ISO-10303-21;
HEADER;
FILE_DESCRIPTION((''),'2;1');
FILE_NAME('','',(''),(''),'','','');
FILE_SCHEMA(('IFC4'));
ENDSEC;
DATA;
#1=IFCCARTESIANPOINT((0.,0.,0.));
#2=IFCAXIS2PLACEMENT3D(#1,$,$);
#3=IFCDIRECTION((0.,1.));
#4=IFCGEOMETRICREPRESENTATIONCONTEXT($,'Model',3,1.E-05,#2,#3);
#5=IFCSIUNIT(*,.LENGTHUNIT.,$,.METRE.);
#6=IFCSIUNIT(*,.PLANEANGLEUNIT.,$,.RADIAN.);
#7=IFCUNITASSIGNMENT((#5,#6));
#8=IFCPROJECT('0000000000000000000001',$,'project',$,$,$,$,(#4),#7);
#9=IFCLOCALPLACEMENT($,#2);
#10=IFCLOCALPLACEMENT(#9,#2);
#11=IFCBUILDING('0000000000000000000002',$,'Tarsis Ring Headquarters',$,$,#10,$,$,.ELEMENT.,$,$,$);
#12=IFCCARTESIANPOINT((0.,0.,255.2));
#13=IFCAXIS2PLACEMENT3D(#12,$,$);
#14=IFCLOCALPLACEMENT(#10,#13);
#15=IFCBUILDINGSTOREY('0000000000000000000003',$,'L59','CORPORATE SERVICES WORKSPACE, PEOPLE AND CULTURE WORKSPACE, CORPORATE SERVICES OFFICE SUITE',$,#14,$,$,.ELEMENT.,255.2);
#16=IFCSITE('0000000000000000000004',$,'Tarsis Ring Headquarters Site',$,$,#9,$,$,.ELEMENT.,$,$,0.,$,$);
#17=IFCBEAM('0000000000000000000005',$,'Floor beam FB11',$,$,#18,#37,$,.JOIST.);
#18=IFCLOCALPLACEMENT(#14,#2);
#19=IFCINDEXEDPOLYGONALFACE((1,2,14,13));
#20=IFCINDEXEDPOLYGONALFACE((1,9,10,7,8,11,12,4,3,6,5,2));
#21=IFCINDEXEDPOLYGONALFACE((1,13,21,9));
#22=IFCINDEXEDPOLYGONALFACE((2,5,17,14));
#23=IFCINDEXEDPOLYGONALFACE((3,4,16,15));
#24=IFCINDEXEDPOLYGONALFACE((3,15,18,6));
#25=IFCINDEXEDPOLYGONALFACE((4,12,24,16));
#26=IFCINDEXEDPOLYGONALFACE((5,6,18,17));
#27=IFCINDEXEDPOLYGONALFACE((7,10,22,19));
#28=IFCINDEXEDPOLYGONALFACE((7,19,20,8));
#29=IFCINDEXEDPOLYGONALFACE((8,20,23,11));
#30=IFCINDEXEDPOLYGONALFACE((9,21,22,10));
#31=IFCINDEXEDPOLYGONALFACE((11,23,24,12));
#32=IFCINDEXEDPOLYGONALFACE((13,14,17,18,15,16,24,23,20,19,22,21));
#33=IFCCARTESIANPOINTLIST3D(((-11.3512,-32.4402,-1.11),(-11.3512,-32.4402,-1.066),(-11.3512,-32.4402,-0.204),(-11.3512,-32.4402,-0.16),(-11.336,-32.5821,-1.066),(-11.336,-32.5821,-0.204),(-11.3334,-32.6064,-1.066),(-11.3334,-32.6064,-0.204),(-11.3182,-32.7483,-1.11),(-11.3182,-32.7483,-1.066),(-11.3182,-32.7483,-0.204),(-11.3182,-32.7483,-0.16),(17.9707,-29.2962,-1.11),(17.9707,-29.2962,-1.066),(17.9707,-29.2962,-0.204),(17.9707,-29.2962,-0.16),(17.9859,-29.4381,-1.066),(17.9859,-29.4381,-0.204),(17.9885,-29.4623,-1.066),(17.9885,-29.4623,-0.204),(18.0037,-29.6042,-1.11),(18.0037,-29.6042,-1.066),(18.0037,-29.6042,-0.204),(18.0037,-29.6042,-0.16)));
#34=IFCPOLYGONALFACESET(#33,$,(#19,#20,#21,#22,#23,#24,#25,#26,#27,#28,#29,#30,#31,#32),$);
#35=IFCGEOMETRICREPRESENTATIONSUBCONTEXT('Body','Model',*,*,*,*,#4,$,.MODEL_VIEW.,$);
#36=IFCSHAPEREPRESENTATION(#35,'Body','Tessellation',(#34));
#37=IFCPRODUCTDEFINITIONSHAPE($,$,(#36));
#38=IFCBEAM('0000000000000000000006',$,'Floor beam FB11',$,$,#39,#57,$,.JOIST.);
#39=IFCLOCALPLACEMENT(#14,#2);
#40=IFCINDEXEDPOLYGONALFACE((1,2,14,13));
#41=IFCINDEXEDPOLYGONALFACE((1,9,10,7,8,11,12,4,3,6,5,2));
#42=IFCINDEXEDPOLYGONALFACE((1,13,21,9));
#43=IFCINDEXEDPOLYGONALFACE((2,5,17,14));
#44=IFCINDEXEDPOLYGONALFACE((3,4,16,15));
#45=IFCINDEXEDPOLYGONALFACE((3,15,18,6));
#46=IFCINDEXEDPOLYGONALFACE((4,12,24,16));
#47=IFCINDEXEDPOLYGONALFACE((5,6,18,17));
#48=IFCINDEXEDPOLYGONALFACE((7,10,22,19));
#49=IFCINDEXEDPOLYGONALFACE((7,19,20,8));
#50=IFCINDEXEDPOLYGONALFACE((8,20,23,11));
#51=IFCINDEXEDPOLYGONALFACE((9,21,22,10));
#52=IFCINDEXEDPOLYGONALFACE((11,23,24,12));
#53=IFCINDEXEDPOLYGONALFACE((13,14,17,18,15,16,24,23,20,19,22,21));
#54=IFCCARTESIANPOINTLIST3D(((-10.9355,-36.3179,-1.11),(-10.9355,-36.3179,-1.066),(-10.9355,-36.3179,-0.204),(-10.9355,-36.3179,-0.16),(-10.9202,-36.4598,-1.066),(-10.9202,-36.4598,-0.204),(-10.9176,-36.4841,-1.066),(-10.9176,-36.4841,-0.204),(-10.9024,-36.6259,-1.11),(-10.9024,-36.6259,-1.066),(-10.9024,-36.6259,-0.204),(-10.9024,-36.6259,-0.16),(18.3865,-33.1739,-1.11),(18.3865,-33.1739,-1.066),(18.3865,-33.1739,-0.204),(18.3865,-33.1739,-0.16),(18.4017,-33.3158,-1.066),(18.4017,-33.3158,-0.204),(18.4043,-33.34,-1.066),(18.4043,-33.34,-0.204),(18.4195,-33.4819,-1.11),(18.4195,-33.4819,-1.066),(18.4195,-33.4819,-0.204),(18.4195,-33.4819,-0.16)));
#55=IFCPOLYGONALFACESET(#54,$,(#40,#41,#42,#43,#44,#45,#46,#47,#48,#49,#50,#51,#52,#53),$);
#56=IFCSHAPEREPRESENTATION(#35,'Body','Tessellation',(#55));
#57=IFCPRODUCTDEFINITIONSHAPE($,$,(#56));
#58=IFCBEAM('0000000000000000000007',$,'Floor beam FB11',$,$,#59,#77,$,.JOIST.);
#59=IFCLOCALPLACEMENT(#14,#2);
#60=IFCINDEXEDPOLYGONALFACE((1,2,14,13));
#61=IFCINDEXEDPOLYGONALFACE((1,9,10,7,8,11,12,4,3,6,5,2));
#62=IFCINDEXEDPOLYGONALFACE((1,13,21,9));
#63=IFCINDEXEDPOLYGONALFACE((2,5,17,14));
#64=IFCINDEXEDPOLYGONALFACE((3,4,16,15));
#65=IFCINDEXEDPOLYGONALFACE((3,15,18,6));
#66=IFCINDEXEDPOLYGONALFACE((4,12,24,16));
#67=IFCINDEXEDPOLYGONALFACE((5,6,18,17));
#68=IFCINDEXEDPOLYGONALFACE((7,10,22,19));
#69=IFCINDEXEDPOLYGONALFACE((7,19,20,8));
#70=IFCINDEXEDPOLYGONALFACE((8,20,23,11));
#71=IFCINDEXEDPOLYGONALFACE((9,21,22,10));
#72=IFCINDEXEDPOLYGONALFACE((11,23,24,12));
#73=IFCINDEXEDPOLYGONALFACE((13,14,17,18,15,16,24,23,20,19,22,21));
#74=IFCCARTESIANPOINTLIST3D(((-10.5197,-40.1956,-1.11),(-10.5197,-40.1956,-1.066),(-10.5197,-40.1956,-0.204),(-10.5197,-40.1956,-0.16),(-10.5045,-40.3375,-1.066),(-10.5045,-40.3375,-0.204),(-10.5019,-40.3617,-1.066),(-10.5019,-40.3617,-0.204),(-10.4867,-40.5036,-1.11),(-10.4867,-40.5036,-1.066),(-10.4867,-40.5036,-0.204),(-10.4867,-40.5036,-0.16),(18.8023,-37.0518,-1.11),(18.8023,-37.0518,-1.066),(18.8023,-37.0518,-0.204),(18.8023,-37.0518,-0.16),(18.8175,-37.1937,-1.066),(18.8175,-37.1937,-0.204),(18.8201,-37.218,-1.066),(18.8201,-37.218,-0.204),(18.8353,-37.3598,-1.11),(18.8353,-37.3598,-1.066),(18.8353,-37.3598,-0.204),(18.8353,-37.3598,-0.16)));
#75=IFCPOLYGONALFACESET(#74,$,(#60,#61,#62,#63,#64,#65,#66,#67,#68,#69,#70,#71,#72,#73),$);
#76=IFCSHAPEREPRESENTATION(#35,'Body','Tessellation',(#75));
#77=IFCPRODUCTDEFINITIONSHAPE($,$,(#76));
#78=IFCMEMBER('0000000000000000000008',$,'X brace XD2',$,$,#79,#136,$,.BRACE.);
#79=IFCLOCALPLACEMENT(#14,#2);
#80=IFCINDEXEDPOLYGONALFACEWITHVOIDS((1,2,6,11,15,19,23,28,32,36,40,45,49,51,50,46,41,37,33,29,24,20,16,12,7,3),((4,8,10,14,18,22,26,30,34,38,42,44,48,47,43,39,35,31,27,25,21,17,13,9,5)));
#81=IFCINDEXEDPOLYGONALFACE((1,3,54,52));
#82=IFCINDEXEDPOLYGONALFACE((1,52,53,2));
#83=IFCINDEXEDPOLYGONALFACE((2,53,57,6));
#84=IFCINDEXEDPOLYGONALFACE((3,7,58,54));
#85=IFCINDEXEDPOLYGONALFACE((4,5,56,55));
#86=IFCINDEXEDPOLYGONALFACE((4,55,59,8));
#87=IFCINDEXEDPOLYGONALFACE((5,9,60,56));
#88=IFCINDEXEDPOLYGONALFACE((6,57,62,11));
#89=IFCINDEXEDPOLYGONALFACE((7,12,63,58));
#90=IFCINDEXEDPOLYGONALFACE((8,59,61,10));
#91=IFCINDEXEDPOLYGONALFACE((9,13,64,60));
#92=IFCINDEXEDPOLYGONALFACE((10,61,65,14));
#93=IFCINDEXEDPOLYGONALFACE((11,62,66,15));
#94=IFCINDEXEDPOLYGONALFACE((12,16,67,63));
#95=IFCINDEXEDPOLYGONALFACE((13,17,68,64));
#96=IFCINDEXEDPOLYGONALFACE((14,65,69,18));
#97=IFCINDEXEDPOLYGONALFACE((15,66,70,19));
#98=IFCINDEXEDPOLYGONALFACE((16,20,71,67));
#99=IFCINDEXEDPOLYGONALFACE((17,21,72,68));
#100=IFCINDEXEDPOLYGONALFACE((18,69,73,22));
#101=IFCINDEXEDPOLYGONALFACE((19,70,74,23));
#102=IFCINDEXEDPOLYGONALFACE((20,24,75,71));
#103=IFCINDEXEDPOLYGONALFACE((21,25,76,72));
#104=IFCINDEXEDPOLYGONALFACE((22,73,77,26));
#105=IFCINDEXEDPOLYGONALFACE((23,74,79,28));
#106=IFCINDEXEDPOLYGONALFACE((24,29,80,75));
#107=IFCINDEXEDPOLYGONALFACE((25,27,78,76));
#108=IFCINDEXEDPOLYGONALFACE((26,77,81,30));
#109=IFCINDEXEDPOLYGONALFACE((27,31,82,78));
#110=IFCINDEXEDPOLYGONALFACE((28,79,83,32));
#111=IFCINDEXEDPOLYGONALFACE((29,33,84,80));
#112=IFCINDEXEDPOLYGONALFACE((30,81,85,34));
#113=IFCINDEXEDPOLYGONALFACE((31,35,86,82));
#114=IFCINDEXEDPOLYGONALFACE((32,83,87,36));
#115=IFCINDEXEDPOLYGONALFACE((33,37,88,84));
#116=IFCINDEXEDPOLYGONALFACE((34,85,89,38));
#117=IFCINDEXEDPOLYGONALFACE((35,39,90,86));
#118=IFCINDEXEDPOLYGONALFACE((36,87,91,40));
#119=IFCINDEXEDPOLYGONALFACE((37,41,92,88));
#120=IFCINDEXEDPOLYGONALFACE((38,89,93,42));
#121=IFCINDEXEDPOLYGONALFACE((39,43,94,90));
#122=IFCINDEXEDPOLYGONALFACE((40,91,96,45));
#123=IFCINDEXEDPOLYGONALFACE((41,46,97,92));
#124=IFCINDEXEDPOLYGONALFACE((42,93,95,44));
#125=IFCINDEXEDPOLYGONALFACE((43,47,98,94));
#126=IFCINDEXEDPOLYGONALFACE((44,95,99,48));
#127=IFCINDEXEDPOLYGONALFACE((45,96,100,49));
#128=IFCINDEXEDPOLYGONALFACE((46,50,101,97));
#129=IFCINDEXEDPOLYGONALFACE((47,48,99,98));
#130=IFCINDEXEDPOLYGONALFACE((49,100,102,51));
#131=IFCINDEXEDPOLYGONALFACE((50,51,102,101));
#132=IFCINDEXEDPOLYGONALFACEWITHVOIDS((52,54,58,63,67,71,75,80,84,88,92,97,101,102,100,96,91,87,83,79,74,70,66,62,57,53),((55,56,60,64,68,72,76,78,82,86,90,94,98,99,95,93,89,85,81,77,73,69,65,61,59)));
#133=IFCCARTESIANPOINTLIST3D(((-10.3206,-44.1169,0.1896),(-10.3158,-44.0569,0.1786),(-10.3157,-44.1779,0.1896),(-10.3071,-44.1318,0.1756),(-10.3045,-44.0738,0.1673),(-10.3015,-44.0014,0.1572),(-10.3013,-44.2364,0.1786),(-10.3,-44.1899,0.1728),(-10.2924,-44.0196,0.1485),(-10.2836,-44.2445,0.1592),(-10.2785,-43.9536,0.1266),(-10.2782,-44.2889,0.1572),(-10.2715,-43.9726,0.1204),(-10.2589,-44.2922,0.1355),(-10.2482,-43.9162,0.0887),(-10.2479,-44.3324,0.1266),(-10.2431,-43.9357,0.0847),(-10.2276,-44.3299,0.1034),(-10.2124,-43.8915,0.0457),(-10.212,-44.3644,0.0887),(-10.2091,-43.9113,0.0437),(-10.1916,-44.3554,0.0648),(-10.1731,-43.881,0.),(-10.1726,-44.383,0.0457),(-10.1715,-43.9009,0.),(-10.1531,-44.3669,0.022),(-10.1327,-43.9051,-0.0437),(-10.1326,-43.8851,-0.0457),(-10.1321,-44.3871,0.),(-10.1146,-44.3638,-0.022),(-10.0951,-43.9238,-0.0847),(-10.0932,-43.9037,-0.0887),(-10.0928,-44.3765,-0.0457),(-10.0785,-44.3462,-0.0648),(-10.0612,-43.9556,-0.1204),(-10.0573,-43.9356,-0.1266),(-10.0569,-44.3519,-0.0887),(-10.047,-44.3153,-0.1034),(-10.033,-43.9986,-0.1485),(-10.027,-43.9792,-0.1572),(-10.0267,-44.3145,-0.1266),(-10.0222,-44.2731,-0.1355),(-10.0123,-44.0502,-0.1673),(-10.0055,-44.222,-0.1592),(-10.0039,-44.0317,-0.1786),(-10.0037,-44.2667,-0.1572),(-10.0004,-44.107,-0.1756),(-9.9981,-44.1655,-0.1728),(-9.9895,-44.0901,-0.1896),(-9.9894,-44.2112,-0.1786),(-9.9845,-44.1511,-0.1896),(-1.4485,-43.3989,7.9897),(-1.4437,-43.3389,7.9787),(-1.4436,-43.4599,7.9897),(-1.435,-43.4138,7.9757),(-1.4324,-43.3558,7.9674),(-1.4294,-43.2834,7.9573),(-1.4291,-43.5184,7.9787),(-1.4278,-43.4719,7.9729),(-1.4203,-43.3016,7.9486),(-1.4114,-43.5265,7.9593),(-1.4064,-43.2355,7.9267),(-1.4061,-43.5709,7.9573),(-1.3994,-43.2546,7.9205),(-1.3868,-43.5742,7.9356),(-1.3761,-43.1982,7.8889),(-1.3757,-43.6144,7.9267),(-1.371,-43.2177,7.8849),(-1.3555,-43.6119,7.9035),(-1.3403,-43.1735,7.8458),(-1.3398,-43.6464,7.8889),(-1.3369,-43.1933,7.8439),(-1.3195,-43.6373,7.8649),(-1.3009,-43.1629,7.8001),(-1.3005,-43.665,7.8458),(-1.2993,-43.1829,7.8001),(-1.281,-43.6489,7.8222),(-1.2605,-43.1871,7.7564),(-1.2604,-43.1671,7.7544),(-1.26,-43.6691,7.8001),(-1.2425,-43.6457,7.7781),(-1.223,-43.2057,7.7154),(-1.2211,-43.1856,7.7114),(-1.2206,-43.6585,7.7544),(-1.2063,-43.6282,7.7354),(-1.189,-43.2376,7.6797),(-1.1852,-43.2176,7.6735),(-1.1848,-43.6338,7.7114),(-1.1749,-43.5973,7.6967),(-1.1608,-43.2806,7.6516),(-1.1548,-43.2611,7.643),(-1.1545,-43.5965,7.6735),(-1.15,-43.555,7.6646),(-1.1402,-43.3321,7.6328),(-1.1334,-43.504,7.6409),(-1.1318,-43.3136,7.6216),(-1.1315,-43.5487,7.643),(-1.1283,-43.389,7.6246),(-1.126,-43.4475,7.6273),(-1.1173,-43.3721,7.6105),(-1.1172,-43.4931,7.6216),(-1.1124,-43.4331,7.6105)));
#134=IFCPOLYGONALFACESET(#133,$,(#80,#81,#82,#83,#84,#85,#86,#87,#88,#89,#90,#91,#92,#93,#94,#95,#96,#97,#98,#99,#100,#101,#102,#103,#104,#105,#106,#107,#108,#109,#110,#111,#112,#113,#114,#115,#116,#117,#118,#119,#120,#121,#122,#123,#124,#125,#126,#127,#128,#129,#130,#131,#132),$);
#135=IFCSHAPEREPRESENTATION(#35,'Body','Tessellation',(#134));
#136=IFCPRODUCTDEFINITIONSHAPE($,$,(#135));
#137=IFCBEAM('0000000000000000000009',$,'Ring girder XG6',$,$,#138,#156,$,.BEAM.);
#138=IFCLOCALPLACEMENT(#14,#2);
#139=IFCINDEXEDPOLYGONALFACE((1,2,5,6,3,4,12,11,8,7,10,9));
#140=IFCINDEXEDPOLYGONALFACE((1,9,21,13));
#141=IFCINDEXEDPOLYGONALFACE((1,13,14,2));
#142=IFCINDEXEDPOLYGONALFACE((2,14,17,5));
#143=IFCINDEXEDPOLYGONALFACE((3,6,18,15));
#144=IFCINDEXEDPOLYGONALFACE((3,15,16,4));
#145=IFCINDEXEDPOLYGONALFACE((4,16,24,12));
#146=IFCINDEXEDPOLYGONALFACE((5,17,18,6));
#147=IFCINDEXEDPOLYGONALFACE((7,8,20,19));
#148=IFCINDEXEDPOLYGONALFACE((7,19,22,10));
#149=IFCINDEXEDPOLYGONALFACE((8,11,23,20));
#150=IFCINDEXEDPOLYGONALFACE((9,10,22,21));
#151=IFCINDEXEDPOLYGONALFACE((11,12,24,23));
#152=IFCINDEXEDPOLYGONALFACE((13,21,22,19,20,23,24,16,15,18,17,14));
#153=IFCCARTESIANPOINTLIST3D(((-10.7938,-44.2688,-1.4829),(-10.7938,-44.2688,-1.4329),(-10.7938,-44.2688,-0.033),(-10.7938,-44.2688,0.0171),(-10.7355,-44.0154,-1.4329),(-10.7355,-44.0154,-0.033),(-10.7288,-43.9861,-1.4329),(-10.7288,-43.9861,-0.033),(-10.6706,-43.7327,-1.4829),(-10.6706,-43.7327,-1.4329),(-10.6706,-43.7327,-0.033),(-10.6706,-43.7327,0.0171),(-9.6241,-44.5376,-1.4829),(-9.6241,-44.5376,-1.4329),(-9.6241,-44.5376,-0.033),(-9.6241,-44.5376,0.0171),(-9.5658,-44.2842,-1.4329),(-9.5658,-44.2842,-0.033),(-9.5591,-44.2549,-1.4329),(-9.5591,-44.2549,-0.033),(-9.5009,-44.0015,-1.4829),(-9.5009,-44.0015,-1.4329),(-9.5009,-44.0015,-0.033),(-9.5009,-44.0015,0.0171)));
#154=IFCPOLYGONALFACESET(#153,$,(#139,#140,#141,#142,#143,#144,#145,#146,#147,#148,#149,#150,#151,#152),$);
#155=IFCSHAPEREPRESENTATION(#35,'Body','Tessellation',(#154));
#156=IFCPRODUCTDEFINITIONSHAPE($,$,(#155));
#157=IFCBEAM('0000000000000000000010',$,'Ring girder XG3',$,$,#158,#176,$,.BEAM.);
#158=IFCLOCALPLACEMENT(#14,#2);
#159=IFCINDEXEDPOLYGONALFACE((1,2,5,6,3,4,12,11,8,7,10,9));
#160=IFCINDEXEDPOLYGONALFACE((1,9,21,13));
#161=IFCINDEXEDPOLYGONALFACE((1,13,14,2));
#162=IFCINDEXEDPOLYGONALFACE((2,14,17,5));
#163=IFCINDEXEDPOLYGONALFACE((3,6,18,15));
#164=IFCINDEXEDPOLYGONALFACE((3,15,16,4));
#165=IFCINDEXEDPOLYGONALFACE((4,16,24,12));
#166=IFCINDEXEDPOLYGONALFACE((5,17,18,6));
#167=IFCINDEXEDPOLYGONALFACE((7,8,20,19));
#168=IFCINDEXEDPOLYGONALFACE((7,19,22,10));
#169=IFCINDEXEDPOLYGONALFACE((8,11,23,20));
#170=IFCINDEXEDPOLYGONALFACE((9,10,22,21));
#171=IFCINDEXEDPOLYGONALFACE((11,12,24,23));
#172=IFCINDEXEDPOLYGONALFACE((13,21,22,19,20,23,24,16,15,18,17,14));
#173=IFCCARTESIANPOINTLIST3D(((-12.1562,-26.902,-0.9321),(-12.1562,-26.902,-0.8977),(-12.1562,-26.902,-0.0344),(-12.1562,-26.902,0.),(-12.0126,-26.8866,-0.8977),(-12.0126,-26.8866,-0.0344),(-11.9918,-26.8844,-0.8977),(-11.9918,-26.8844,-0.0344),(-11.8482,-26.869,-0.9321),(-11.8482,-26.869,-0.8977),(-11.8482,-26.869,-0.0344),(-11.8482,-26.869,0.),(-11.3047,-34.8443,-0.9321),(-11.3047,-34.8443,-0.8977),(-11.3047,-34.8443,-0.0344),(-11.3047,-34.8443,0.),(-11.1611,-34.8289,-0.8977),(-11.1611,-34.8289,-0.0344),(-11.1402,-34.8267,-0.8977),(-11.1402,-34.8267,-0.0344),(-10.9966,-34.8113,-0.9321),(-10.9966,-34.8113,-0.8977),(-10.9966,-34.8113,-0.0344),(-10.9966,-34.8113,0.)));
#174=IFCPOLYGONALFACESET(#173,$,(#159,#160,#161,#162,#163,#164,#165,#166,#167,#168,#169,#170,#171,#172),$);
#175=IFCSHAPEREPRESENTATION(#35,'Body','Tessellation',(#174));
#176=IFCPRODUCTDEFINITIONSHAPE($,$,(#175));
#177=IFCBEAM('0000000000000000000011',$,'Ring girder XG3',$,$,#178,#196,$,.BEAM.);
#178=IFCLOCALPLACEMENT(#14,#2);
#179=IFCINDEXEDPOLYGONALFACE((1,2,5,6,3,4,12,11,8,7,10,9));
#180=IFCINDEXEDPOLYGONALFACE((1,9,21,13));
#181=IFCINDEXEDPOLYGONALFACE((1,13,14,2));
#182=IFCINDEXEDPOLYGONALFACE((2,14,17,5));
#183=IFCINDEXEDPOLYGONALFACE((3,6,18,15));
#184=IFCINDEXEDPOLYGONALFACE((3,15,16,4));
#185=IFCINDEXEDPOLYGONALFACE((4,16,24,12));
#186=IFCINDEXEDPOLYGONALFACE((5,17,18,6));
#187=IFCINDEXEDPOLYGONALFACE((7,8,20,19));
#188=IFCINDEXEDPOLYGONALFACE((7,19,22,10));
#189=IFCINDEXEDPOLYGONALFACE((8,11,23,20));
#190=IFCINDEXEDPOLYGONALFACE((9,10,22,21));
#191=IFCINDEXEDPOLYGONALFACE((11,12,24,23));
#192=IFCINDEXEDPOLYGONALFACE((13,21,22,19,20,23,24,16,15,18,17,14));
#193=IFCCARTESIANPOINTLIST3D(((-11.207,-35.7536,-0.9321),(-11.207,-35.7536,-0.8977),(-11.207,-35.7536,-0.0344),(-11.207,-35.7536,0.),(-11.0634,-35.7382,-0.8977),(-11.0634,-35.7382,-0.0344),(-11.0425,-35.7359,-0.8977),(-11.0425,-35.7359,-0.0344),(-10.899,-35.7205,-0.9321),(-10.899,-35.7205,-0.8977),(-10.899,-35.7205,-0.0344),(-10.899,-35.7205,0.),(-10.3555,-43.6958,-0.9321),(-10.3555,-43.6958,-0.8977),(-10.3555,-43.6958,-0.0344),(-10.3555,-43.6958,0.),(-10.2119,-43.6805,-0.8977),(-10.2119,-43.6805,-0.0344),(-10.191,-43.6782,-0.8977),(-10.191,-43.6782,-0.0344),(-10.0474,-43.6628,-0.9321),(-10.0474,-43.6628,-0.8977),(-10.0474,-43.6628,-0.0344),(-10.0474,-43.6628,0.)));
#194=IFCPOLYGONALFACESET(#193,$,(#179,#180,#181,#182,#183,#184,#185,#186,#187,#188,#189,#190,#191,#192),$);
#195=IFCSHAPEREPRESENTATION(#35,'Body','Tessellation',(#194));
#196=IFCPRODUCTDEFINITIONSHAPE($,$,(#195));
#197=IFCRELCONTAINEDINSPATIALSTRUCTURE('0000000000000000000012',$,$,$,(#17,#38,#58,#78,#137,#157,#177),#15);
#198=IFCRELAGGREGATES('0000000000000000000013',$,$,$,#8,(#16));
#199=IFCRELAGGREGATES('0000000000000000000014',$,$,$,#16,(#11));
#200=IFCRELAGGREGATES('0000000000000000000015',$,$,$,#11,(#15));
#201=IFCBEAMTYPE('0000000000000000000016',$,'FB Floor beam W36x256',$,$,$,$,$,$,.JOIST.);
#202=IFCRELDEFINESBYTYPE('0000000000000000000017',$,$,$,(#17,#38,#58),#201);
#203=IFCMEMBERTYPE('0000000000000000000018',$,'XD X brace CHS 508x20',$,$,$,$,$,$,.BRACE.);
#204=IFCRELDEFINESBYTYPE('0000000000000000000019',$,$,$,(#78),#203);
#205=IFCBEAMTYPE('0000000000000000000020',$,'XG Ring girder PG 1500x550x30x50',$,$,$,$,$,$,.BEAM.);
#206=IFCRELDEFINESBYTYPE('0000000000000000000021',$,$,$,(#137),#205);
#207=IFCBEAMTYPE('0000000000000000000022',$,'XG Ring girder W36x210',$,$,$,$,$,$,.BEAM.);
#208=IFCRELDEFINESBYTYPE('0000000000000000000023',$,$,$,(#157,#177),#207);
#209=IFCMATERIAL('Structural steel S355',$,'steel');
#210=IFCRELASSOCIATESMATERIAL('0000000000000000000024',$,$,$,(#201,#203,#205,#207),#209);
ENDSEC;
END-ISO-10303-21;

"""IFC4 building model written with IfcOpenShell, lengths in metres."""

from ifc_helpers import new_model, si_unit, direction, frame, origin, origin_2d, place, context, subcontext, project, spatial, hollow_circle, i_section, extrude, material, material_profile, profile_set, type_object, element, save


model = new_model("IFC4")

# Units and contexts
model_context = context("Model", 3, precision=1e-05, world=origin(), true_north=direction((0.0, 1.0)))
body_context = subcontext(model_context, "Body", "Model", "MODEL_VIEW")
ifc_project = project(units=[si_unit("LENGTHUNIT", "METRE"), si_unit("PLANEANGLEUNIT", "RADIAN")], contexts=[model_context])

# Site, building, storey
site_placement = place(None, origin())
site = spatial("IfcSite", under=ifc_project, at=site_placement, Name="Tarsis Ring Headquarters Site", CompositionType="ELEMENT", RefElevation=0.0)
building_placement = place(site_placement, origin())
building = spatial("IfcBuilding", under=site, at=building_placement, Name="Tarsis Ring Headquarters", CompositionType="ELEMENT")
storey_placement = place(building_placement, frame((0.0, 0.0, 255.2)))
storey = spatial("IfcBuildingStorey", under=building, at=storey_placement, Name="L59", Description="CORPORATE SERVICES WORKSPACE, PEOPLE AND CULTURE WORKSPACE, CORPORATE SERVICES OFFICE SUITE", CompositionType="ELEMENT", Elevation=255.2)

# Shared definitions
ifc_material_1 = material(Name="Structural steel S355", Category="steel")

# Beams
ifc_material_profile_1 = material_profile(ifc_material_1, i_section(OverallWidth=0.3098, OverallDepth=0.95, WebThickness=0.0244, FlangeThickness=0.0439, at=origin_2d()), Name="W36x256")
ifc_profile_set_1 = profile_set([ifc_material_profile_1], Name="Structural steel S355")
beam_type_1 = type_object("IfcBeamType", Name="FB Floor beam W36x256", PredefinedType="JOIST", material=ifc_profile_set_1)
for number, where, z_axis, x_axis, name in (
    (1, (-11.3347, -32.5942, -0.635), (0.994301, 0.106614, 0.0), (-0.106614, 0.994301, 0.0), "Floor beam FB11"),
    (2, (-10.9189, -36.4719, -0.635), (0.994301, 0.106614, 0.0), (-0.106614, 0.994301, 0.0), "Floor beam FB11"),
    (3, (-10.5032, -40.3496, -0.635), (0.994301, 0.106605, 0.0), (-0.106605, 0.994301, 0.0), "Floor beam FB11"),
):
    element("IfcBeam", number, at=place(storey_placement, frame(where, z_axis=z_axis, x_axis=x_axis)), inside=storey, type_object=beam_type_1, Name=name, PredefinedType="JOIST", context=body_context, shape_type="SweptSolid", body=[
        extrude(i_section(OverallWidth=0.3098, OverallDepth=0.95, WebThickness=0.0244, FlangeThickness=0.0439, at=origin_2d()), origin(), (0.0, 0.0, 1.0), 29.49),
    ])

# Member
ifc_material_profile_2 = material_profile(ifc_material_1, hollow_circle(Radius=0.2539, WallThickness=0.02, at=origin_2d()), Name="CHS 508x20")
ifc_profile_set_2 = profile_set([ifc_material_profile_2], Name="Structural steel S355")
member_type = type_object("IfcMemberType", Name="XD X brace CHS 508x20", PredefinedType="BRACE", material=ifc_profile_set_2)
member_placement = place(storey_placement, frame((-10.1526, -44.134, 0.0), z_axis=(0.74964, 0.060668, 0.65906), x_axis=(-0.080666, 0.996741, 0.0)))
element("IfcMember", 4, at=member_placement, inside=storey, type_object=member_type, Name="X brace XD2", PredefinedType="BRACE", context=body_context, shape_type="SweptSolid", body=[
    extrude(hollow_circle(Radius=0.2539, WallThickness=0.02, at=origin_2d()), origin(), (0.0, 0.0, 1.0), 11.8352),
])

# Beams
ifc_material_profile_3 = material_profile(ifc_material_1, i_section(OverallWidth=0.55, OverallDepth=1.5, WebThickness=0.03, FlangeThickness=0.05, at=origin_2d()), Name="PG 1500x550x30x50")
ifc_profile_set_3 = profile_set([ifc_material_profile_3], Name="Structural steel S355")
beam_type_2 = type_object("IfcBeamType", Name="XG Ring girder PG 1500x550x30x50", PredefinedType="BEAM", material=ifc_profile_set_3)
beam_1_placement = place(storey_placement, frame((-10.7322, -44.0007, -0.7329), z_axis=(0.974596, -0.223968, 0.0), x_axis=(0.223968, 0.974596, 0.0)))
element("IfcBeam", 5, at=beam_1_placement, inside=storey, type_object=beam_type_2, Name="Ring girder XG6", PredefinedType="BEAM", context=body_context, shape_type="SweptSolid", body=[
    extrude(i_section(OverallWidth=0.55, OverallDepth=1.5, WebThickness=0.03, FlangeThickness=0.05, at=origin_2d()), origin(), (0.0, 0.0, 1.0), 1.2002),
])
ifc_material_profile_4 = material_profile(ifc_material_1, i_section(OverallWidth=0.3098, OverallDepth=0.9321, WebThickness=0.021, FlangeThickness=0.0344, at=origin_2d()), Name="W36x210")
ifc_profile_set_4 = profile_set([ifc_material_profile_4], Name="Structural steel S355")
beam_type_3 = type_object("IfcBeamType", Name="XG Ring girder W36x210", PredefinedType="BEAM", material=ifc_profile_set_4)
for number, where, z_axis, x_axis, name in (
    (6, (-12.0022, -26.8855, -0.4661), (0.106607, -0.994301, 0.0), (0.994301, 0.106607, 0.0), "Ring girder XG3"),
    (7, (-11.053, -35.7371, -0.4661), (0.106607, -0.994301, 0.0), (0.994301, 0.106607, 0.0), "Ring girder XG3"),
):
    element("IfcBeam", number, at=place(storey_placement, frame(where, z_axis=z_axis, x_axis=x_axis)), inside=storey, type_object=beam_type_3, Name=name, PredefinedType="BEAM", context=body_context, shape_type="SweptSolid", body=[
        extrude(i_section(OverallWidth=0.3098, OverallDepth=0.9321, WebThickness=0.021, FlangeThickness=0.0344, at=origin_2d()), origin(), (0.0, 0.0, 1.0), 7.9878),
    ])

save(model, "model.ifc")
